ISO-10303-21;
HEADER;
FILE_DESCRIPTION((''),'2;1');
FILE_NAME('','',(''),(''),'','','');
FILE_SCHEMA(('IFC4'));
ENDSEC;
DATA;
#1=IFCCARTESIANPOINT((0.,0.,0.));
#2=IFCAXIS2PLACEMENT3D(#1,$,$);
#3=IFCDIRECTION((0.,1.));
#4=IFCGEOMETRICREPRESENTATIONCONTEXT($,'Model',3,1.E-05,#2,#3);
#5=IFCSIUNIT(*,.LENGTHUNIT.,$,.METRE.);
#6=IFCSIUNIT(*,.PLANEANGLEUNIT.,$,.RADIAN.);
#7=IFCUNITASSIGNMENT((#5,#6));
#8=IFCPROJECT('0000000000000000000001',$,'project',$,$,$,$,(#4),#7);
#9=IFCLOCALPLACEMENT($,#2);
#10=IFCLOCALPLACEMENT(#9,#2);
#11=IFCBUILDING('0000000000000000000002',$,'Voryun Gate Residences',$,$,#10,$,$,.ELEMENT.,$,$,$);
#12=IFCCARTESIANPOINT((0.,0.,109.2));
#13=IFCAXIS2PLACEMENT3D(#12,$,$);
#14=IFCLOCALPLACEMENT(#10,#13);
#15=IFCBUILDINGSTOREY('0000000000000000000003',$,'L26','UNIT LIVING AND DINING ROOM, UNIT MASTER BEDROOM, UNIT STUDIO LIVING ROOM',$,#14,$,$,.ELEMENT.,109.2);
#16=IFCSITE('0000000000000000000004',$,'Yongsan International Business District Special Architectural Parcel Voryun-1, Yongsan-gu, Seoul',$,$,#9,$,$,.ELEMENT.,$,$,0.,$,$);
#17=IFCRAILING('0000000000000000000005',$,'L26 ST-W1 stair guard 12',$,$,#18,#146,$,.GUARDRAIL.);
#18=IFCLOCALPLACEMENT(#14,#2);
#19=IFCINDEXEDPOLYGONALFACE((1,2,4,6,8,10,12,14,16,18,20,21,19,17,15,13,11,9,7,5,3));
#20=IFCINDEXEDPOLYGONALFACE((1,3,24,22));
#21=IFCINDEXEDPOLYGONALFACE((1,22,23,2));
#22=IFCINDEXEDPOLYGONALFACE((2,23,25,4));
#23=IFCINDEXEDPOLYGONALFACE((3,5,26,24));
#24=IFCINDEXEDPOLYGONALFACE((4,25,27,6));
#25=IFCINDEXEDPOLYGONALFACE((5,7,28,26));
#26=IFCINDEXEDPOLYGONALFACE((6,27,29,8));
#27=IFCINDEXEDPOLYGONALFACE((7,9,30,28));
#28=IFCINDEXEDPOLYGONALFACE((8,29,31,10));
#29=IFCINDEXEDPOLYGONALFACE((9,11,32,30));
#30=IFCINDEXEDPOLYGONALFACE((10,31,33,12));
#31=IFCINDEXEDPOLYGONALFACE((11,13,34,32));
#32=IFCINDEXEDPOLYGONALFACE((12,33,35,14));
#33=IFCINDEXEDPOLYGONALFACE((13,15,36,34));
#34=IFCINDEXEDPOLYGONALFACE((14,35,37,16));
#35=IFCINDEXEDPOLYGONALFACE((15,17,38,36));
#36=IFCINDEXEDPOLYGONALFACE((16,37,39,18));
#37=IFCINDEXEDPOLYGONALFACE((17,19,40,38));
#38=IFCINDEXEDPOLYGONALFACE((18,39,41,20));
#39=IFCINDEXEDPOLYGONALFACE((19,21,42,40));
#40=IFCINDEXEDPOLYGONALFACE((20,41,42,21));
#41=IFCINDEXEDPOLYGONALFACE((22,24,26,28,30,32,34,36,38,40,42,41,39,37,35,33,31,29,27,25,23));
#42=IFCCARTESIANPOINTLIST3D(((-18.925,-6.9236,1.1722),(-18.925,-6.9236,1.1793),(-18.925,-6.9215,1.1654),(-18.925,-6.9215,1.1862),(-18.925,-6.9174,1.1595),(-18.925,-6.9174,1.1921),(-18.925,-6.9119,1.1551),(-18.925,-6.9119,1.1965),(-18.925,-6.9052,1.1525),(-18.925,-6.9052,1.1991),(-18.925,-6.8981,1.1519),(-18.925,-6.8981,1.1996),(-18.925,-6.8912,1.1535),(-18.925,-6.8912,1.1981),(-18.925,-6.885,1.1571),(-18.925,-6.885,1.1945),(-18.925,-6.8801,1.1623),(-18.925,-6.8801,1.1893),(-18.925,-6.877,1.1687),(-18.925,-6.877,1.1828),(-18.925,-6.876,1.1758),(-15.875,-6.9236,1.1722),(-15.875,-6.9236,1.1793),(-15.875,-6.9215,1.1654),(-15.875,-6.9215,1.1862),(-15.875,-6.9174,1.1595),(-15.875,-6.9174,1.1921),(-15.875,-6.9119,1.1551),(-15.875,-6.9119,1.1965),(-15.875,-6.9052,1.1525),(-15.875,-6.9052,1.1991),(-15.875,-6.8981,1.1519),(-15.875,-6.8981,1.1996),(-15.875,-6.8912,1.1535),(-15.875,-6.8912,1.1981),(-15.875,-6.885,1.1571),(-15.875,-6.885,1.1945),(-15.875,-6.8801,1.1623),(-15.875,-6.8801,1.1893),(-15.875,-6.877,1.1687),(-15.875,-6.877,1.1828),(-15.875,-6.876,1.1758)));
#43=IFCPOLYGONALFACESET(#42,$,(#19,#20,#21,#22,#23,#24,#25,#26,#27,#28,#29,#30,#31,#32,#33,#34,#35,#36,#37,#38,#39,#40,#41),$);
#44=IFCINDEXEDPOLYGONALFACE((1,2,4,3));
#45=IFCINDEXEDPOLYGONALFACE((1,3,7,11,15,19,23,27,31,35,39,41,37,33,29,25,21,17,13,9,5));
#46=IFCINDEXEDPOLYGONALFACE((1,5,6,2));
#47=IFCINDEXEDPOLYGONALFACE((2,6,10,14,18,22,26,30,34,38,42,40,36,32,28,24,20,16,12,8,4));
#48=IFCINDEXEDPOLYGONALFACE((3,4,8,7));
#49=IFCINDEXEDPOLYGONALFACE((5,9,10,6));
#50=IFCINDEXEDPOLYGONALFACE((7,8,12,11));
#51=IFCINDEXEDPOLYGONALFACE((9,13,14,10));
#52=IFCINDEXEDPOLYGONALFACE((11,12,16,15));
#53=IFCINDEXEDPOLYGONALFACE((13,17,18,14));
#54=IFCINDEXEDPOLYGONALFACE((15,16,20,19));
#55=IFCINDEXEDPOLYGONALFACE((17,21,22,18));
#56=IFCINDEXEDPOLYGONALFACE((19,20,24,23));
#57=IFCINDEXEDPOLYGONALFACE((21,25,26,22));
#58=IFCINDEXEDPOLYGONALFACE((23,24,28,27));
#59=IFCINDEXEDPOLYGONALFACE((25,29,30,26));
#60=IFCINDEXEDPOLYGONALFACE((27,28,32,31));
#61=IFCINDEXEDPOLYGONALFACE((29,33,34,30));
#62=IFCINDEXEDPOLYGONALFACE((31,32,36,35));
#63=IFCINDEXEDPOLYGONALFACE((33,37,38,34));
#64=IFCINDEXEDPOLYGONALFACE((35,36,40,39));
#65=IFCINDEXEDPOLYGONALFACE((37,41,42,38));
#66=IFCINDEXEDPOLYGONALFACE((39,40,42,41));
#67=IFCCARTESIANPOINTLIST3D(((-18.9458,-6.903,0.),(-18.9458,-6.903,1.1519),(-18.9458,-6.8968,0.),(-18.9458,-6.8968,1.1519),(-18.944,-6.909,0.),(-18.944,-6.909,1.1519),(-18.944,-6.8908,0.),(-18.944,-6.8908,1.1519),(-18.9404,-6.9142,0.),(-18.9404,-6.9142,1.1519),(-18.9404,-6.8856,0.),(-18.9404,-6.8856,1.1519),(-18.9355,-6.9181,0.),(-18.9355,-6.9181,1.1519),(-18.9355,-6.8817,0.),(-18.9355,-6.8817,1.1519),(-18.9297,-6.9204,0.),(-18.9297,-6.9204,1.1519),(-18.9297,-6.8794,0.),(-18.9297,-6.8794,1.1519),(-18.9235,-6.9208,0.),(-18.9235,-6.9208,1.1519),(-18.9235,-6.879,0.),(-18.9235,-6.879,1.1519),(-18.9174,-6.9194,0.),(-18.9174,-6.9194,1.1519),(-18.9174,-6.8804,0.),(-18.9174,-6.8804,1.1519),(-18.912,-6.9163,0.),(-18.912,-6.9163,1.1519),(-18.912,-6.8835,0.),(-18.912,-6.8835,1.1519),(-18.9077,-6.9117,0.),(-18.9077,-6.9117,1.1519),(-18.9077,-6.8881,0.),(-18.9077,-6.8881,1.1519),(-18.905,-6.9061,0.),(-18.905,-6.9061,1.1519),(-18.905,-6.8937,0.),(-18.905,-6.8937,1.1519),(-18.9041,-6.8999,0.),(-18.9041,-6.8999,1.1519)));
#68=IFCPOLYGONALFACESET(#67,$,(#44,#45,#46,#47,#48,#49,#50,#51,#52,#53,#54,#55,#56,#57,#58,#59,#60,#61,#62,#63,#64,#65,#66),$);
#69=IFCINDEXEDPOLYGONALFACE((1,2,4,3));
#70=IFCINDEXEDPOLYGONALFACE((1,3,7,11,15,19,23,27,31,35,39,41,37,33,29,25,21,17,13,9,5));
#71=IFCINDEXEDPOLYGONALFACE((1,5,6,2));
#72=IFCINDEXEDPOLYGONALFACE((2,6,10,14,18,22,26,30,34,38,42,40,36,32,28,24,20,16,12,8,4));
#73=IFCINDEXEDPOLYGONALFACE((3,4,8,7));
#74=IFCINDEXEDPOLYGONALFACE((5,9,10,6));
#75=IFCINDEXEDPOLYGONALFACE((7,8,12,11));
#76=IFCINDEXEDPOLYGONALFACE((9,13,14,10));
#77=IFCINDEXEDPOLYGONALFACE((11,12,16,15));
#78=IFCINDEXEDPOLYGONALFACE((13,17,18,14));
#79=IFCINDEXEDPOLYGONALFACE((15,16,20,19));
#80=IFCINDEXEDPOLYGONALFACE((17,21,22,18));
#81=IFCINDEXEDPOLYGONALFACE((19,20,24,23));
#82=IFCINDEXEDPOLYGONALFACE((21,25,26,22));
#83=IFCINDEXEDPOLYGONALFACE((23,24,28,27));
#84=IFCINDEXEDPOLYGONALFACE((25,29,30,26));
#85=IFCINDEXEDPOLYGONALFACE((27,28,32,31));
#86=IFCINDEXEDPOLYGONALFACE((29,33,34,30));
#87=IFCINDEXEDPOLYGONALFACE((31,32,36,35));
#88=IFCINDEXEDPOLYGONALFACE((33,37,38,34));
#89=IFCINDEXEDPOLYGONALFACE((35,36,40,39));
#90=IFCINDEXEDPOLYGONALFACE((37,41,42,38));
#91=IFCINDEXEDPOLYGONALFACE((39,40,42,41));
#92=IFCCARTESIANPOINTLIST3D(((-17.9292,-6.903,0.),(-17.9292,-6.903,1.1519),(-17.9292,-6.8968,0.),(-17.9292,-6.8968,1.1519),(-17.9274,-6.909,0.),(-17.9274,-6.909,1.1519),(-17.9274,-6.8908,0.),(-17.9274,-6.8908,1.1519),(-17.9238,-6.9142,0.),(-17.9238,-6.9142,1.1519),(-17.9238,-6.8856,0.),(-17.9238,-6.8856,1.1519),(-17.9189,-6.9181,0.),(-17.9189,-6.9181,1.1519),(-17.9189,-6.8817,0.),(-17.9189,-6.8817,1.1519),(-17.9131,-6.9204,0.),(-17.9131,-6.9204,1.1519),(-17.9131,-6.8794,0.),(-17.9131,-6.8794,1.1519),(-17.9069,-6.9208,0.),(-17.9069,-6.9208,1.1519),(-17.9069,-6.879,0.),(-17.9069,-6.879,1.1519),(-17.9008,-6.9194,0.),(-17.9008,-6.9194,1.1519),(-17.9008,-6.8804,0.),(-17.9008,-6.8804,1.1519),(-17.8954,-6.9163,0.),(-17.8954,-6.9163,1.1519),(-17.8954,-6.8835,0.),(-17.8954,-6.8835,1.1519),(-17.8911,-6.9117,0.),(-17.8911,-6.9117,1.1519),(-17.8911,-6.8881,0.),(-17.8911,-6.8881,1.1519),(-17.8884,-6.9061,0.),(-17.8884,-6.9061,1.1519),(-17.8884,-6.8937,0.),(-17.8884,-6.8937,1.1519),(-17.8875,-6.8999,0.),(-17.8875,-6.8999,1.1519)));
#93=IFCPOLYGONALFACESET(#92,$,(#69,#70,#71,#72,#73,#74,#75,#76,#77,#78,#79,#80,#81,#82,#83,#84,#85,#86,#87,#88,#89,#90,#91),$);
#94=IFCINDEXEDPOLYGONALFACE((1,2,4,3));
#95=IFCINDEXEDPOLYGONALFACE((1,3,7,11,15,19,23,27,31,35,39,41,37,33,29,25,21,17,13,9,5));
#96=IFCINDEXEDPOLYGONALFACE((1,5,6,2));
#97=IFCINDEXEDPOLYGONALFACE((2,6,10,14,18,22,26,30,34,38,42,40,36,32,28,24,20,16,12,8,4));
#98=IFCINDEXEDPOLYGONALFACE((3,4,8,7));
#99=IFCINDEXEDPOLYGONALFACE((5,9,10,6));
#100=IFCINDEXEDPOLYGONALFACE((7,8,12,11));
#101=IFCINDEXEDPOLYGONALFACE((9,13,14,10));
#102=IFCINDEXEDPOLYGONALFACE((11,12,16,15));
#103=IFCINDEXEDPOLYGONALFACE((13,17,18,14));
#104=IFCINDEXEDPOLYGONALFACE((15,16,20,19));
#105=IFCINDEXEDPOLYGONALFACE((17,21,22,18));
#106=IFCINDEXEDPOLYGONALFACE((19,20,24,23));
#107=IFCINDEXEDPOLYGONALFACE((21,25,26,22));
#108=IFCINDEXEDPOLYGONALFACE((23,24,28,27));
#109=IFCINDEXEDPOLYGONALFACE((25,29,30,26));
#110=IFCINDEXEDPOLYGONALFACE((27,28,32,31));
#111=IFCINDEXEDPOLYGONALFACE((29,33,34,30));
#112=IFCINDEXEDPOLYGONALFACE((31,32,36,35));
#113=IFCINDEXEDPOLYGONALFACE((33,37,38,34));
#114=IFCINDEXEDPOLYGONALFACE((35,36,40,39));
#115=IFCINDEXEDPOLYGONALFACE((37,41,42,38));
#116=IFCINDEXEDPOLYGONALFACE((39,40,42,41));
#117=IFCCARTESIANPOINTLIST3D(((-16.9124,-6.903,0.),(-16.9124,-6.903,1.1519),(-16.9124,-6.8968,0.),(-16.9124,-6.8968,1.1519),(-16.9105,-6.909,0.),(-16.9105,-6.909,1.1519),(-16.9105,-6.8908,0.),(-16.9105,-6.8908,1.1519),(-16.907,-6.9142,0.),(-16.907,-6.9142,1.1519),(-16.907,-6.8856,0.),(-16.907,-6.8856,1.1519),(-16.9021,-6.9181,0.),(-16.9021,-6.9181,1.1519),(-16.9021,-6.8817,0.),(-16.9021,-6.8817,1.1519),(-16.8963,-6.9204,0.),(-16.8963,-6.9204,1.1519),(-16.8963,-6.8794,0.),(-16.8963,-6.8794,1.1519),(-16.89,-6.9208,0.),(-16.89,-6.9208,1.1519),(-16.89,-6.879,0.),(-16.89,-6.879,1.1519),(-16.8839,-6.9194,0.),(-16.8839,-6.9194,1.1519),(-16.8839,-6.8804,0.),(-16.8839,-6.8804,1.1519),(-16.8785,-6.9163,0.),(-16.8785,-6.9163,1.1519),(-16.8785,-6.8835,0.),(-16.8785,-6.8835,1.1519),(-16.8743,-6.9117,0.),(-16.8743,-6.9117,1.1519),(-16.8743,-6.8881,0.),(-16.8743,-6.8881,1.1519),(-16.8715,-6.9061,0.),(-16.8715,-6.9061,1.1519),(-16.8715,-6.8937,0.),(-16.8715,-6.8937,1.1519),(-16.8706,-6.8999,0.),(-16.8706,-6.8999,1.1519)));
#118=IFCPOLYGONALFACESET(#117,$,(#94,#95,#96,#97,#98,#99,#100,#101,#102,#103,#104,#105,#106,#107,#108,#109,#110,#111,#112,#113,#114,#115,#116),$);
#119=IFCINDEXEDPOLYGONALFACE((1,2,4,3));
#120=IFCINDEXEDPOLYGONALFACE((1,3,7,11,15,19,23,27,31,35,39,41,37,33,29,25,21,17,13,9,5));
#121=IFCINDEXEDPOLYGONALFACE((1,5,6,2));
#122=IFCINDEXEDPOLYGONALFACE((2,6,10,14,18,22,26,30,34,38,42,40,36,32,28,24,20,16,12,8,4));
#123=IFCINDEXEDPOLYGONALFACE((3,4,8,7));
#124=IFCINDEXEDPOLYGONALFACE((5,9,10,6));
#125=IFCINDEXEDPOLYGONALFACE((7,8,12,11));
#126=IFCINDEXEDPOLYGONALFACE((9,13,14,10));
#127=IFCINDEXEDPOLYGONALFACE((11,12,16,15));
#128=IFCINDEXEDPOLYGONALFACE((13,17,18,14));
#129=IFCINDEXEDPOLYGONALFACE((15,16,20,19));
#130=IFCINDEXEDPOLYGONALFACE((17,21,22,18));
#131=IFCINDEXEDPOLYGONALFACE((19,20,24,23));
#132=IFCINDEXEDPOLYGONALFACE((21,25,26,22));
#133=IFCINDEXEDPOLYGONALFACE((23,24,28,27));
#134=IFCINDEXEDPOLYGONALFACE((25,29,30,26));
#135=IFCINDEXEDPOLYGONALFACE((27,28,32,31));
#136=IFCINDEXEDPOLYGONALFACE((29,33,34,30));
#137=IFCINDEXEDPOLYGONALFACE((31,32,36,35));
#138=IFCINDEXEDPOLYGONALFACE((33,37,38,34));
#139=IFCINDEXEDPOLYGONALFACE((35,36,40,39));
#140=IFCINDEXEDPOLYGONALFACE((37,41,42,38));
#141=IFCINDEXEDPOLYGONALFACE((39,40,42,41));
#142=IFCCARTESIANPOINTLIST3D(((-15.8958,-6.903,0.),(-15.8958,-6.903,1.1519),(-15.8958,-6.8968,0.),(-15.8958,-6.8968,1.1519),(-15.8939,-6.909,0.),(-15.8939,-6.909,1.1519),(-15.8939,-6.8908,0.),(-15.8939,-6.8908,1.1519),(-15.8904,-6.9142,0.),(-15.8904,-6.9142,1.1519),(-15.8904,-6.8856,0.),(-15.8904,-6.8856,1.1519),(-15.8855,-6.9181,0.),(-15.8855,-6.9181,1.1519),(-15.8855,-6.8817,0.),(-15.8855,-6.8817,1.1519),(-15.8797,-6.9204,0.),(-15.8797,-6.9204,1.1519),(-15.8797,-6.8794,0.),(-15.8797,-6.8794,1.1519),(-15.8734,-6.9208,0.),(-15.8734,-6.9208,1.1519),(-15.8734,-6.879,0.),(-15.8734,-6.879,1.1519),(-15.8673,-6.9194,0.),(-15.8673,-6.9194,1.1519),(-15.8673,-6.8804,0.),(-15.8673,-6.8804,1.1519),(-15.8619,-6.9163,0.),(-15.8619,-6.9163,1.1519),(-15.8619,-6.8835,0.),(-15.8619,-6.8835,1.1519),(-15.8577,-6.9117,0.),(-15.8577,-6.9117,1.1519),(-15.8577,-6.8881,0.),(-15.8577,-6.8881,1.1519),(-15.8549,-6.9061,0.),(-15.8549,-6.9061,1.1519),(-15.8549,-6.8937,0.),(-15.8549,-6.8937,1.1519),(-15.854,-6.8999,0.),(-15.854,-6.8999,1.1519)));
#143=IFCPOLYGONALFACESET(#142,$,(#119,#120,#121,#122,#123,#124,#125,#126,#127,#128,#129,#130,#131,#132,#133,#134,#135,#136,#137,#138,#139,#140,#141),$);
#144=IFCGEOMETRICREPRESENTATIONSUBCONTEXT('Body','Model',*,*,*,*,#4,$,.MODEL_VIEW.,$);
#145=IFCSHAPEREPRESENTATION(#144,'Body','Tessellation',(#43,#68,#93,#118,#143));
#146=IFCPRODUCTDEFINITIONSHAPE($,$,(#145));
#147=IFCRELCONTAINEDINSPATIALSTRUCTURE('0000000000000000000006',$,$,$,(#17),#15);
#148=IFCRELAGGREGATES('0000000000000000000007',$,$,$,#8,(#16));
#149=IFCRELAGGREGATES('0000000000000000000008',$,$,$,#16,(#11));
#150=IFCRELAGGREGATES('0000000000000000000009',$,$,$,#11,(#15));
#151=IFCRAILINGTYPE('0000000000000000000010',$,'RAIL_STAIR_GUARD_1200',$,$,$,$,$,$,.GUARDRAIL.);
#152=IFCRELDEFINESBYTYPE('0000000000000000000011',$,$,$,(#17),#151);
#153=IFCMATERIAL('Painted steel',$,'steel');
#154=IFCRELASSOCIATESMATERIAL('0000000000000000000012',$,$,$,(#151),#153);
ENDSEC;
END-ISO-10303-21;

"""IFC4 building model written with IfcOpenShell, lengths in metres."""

from ifc_helpers import new_model, si_unit, direction, frame, origin, origin_2d, place, context, subcontext, project, spatial, circle, extrude, material, type_object, element, save


model = new_model("IFC4")

# Units and contexts
model_context = context("Model", 3, precision=1e-05, world=origin(), true_north=direction((0.0, 1.0)))
body_context = subcontext(model_context, "Body", "Model", "MODEL_VIEW")
ifc_project = project(units=[si_unit("LENGTHUNIT", "METRE"), si_unit("PLANEANGLEUNIT", "RADIAN")], contexts=[model_context])

# Site, building, storey
site_placement = place(None, origin())
site = spatial("IfcSite", under=ifc_project, at=site_placement, Name="Yongsan International Business District Special Architectural Parcel Voryun-1, Yongsan-gu, Seoul", CompositionType="ELEMENT", RefElevation=0.0)
building_placement = place(site_placement, origin())
building = spatial("IfcBuilding", under=site, at=building_placement, Name="Voryun Gate Residences", CompositionType="ELEMENT")
storey_placement = place(building_placement, frame((0.0, 0.0, 109.2)))
storey = spatial("IfcBuildingStorey", under=building, at=storey_placement, Name="L26", Description="UNIT LIVING AND DINING ROOM, UNIT MASTER BEDROOM, UNIT STUDIO LIVING ROOM", CompositionType="ELEMENT", Elevation=109.2)

# Railing
ifc_material_1 = material(Name="Painted steel", Category="steel")
railing_type_1 = type_object("IfcRailingType", Name="RAIL_STAIR_GUARD_1200", PredefinedType="GUARDRAIL", material=ifc_material_1)
railing_1_placement = place(storey_placement, frame((-18.925, -6.8999, 0.0)))
element("IfcRailing", 1, at=railing_1_placement, inside=storey, type_object=railing_type_1, Name="L26 ST-W1 stair guard 12", PredefinedType="GUARDRAIL", context=body_context, shape_type="SweptSolid", body=[
    extrude(circle(Radius=0.0239, at=origin_2d()), frame((0.0, 0.0, 1.1758), z_axis=(1.0, 0.0, 0.0), x_axis=(0.0, 1.0, 0.0)), (0.0, 0.0, 1.0), 3.05),
    extrude(circle(Radius=0.021, at=origin_2d()), origin(), (0.0, 0.0, 1.0), 1.1519),
    extrude(circle(Radius=0.021, at=origin_2d()), frame((1.0166, 0.0, 0.0)), (0.0, 0.0, 1.0), 1.1519),
    extrude(circle(Radius=0.021, at=origin_2d()), frame((2.0334, 0.0, 0.0)), (0.0, 0.0, 1.0), 1.1519),
    extrude(circle(Radius=0.021, at=origin_2d()), frame((3.05, 0.0, 0.0)), (0.0, 0.0, 1.0), 1.1519),
])

save(model, "model.ifc")
